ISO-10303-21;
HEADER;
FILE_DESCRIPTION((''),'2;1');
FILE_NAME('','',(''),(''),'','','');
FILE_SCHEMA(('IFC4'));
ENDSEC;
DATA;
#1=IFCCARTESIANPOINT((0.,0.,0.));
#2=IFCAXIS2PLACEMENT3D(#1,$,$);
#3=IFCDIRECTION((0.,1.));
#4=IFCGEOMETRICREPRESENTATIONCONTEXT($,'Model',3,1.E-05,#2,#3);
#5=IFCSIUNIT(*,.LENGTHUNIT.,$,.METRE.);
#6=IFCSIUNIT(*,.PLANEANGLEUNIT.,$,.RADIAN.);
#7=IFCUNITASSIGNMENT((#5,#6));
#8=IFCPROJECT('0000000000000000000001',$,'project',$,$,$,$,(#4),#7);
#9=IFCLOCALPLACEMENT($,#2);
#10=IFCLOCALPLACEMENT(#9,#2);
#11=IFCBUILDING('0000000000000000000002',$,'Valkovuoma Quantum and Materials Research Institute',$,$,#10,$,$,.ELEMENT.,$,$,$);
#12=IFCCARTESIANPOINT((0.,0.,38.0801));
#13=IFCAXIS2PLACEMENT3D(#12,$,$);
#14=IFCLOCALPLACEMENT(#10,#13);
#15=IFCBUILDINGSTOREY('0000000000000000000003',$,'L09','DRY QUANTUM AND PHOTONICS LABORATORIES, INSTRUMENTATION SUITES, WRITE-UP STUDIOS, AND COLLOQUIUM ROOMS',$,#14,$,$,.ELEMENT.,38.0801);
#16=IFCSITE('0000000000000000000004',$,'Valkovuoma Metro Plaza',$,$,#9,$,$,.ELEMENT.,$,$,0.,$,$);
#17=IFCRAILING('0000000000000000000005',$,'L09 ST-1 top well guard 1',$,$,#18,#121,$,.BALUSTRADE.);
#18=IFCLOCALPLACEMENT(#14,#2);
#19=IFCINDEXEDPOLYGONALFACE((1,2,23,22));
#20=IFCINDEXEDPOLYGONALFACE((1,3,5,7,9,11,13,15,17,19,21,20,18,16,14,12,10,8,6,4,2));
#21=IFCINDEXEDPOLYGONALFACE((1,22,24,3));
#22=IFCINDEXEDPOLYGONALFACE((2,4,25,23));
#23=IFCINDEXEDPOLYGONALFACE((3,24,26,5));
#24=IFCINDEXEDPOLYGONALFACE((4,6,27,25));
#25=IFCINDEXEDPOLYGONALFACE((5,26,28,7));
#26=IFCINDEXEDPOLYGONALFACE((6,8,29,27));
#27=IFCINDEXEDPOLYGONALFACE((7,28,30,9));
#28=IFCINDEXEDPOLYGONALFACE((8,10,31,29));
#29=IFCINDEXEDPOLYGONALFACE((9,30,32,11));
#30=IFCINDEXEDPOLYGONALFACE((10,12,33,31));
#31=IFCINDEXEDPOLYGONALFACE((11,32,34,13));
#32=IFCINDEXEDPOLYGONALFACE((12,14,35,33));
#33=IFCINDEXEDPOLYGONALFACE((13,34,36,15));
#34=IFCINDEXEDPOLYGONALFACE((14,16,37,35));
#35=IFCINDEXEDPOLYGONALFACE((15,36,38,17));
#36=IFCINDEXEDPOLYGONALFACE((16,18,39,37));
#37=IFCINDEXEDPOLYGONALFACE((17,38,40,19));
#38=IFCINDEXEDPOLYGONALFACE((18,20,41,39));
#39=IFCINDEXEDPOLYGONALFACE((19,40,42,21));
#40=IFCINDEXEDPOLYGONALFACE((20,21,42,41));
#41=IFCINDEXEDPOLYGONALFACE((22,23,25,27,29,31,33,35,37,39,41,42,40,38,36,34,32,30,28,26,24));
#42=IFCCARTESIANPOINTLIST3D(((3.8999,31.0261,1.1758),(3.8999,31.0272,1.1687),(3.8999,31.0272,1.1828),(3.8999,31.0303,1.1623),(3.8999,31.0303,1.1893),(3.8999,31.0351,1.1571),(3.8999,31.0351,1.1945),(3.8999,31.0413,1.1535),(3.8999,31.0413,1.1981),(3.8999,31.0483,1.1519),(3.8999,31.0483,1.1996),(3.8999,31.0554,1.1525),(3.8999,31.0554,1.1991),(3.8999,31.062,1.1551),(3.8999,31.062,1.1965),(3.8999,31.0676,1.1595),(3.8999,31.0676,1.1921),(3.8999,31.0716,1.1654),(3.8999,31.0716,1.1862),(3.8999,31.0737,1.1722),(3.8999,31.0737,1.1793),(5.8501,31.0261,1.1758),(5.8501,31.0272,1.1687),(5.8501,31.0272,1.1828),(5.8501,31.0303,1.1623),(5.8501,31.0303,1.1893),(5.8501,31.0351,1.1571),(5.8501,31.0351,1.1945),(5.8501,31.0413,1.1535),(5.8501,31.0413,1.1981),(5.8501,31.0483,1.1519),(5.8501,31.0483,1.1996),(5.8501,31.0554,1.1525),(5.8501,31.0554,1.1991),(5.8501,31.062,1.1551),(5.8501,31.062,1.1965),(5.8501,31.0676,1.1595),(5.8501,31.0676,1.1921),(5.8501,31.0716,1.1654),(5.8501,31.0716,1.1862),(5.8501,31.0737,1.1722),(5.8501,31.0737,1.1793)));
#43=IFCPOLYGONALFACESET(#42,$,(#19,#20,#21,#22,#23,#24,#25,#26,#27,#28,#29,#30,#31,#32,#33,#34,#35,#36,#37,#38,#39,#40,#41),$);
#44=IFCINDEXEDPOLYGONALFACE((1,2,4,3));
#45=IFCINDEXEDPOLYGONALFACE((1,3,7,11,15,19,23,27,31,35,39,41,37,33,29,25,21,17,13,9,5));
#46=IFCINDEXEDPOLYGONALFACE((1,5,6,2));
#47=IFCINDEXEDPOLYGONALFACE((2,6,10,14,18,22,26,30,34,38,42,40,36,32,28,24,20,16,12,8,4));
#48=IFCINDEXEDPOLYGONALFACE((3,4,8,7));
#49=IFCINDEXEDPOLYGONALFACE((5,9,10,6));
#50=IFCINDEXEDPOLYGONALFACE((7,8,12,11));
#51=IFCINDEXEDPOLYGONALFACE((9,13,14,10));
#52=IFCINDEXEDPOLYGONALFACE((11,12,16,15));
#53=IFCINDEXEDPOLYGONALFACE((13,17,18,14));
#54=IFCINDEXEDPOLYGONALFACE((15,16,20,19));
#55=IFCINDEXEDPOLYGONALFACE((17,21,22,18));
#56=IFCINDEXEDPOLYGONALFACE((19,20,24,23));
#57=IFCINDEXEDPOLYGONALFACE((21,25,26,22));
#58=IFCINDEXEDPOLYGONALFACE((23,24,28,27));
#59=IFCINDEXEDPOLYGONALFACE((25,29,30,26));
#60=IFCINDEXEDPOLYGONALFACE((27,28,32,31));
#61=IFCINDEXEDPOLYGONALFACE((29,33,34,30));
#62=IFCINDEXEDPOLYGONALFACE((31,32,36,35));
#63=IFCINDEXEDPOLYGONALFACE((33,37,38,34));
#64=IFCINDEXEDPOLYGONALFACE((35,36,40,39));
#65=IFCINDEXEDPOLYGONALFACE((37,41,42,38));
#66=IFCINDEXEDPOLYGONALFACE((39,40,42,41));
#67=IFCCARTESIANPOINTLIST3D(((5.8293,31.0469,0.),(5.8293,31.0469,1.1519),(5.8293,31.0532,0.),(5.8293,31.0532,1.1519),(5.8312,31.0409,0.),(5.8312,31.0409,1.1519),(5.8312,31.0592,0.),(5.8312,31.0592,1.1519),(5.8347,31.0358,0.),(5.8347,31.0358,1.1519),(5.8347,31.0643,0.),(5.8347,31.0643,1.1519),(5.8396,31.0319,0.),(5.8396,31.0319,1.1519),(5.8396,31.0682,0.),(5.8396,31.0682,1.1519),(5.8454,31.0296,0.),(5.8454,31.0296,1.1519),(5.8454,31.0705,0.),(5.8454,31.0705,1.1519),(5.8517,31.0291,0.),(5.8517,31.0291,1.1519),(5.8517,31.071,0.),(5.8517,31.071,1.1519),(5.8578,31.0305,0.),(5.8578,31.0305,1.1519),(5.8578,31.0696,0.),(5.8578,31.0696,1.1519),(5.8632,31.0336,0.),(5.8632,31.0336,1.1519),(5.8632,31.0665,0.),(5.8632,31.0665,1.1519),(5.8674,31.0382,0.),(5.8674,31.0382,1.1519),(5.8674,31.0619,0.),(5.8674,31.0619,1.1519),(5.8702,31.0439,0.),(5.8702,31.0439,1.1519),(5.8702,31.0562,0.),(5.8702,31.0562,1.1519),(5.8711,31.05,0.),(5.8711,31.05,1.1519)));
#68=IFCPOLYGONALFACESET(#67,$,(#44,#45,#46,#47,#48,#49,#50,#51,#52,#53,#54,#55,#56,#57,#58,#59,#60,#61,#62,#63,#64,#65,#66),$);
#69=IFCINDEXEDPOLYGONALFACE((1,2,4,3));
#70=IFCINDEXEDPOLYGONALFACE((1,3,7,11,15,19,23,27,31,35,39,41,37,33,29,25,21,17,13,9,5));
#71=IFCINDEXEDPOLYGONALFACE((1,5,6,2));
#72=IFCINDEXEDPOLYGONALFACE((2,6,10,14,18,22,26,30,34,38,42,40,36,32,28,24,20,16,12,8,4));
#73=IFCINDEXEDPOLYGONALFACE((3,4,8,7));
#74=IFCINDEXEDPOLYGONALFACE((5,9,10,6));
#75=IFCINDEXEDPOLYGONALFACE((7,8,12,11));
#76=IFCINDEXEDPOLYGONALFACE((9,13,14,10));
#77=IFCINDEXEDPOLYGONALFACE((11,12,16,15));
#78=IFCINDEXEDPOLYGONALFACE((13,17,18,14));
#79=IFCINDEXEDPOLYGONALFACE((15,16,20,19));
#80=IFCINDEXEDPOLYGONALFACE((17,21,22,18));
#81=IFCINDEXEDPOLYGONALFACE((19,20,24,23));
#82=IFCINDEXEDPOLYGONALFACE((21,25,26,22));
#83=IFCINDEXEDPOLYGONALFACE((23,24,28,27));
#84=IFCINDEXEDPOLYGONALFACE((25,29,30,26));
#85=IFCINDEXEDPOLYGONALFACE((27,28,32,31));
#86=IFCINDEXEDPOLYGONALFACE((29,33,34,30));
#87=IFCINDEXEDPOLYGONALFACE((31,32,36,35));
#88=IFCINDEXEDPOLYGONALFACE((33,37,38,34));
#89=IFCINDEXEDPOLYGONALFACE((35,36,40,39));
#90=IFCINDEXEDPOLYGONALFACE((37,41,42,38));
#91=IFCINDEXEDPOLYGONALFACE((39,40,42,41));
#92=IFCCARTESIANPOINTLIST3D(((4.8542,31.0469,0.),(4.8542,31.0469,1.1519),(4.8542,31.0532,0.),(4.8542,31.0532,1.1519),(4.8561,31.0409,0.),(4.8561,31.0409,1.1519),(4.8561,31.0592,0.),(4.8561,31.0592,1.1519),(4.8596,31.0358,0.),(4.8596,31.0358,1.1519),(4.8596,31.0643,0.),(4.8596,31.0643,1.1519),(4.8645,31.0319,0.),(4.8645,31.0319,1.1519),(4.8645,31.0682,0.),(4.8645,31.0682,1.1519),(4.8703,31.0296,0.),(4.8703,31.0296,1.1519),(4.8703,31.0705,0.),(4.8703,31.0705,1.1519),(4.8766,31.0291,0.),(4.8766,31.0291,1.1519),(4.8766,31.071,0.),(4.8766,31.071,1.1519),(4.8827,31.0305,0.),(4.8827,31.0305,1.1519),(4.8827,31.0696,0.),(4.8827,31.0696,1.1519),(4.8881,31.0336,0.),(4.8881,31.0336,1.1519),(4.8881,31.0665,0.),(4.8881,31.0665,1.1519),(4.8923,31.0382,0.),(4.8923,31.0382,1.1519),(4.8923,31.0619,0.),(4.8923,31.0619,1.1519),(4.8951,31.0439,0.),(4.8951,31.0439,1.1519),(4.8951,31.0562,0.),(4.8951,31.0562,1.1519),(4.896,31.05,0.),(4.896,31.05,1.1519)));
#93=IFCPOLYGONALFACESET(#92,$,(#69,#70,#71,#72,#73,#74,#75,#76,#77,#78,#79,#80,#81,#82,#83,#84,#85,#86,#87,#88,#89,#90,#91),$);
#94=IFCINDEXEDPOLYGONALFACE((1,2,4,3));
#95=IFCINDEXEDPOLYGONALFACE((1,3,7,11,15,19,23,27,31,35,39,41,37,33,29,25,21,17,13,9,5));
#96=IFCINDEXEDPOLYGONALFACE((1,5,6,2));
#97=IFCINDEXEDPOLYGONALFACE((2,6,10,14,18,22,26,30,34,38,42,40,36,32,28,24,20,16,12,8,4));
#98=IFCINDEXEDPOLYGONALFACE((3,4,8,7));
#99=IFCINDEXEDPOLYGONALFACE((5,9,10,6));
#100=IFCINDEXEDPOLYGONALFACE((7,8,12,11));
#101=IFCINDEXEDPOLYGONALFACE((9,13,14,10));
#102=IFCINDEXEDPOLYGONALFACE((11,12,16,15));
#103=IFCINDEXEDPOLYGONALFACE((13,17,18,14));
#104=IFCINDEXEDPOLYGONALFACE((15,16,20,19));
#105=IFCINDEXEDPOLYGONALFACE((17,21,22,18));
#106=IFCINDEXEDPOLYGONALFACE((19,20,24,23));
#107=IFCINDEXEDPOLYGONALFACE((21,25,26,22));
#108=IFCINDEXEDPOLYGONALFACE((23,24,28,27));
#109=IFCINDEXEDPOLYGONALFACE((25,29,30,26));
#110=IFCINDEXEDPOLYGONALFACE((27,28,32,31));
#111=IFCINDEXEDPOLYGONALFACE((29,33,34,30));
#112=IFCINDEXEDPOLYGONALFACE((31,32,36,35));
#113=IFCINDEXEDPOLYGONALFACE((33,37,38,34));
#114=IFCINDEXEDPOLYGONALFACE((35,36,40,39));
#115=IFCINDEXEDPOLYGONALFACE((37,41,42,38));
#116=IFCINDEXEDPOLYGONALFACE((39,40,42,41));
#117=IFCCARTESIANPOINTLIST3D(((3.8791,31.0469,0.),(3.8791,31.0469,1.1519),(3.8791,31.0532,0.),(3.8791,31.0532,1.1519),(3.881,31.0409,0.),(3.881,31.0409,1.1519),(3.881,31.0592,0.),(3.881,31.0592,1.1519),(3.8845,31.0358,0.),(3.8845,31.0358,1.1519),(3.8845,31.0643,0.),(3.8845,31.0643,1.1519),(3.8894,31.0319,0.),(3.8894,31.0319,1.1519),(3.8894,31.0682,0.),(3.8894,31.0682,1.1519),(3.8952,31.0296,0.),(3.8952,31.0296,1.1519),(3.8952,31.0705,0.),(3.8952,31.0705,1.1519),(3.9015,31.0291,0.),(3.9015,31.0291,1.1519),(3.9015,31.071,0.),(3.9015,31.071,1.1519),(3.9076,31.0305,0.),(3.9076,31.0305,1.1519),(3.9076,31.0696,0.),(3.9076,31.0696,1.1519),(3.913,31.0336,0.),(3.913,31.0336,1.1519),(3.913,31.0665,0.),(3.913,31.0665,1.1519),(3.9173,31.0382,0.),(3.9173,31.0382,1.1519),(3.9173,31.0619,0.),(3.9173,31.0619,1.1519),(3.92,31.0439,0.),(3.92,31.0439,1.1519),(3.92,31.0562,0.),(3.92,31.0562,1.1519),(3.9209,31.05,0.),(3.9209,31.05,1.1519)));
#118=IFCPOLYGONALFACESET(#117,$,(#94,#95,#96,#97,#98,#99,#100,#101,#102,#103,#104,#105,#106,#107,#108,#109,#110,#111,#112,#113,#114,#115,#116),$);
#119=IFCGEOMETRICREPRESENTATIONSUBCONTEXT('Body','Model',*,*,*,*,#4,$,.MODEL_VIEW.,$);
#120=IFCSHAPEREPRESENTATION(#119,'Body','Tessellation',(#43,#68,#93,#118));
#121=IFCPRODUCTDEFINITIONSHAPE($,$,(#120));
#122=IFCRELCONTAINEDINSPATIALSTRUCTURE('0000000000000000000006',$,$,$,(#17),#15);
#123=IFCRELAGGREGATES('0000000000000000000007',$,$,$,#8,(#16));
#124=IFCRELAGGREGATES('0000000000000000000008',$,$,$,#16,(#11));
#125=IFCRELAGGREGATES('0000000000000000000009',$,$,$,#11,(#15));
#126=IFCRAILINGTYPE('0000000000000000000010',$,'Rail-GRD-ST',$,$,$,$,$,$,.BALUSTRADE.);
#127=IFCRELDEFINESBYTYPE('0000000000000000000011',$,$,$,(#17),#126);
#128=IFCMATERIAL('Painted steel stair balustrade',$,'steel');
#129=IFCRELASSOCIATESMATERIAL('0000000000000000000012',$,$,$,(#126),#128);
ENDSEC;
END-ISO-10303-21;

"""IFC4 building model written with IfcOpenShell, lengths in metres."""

from ifc_helpers import new_model, si_unit, direction, frame, origin, origin_2d, place, context, subcontext, project, spatial, circle, extrude, material, type_object, element, save


model = new_model("IFC4")

# Units and contexts
model_context = context("Model", 3, precision=1e-05, world=origin(), true_north=direction((0.0, 1.0)))
body_context = subcontext(model_context, "Body", "Model", "MODEL_VIEW")
ifc_project = project(units=[si_unit("LENGTHUNIT", "METRE"), si_unit("PLANEANGLEUNIT", "RADIAN")], contexts=[model_context])

# Site, building, storey
site_placement = place(None, origin())
site = spatial("IfcSite", under=ifc_project, at=site_placement, Name="Valkovuoma Metro Plaza", CompositionType="ELEMENT", RefElevation=0.0)
building_placement = place(site_placement, origin())
building = spatial("IfcBuilding", under=site, at=building_placement, Name="Valkovuoma Quantum and Materials Research Institute", CompositionType="ELEMENT")
storey_placement = place(building_placement, frame((0.0, 0.0, 38.0801)))
storey = spatial("IfcBuildingStorey", under=building, at=storey_placement, Name="L09", Description="DRY QUANTUM AND PHOTONICS LABORATORIES, INSTRUMENTATION SUITES, WRITE-UP STUDIOS, AND COLLOQUIUM ROOMS", CompositionType="ELEMENT", Elevation=38.0801)

# Railing
ifc_material_1 = material(Name="Painted steel stair balustrade", Category="steel")
railing_type = type_object("IfcRailingType", Name="Rail-GRD-ST", PredefinedType="BALUSTRADE", material=ifc_material_1)
railing_placement = place(storey_placement, frame((5.8501, 31.05, 0.0)))
element("IfcRailing", 1, at=railing_placement, inside=storey, type_object=railing_type, Name="L09 ST-1 top well guard 1", PredefinedType="BALUSTRADE", context=body_context, shape_type="SweptSolid", body=[
    extrude(circle(Radius=0.0239, at=origin_2d()), frame((0.0, 0.0, 1.1758), z_axis=(-1.0, 0.0, 0.0), x_axis=(0.0, -1.0, 0.0)), (0.0, 0.0, 1.0), 1.9502),
    extrude(circle(Radius=0.021, at=origin_2d()), origin(), (0.0, 0.0, 1.0), 1.1519),
    extrude(circle(Radius=0.021, at=origin_2d()), frame((-0.9751, 0.0, 0.0)), (0.0, 0.0, 1.0), 1.1519),
    extrude(circle(Radius=0.021, at=origin_2d()), frame((-1.9502, 0.0, 0.0)), (0.0, 0.0, 1.0), 1.1519),
])

save(model, "model.ifc")
